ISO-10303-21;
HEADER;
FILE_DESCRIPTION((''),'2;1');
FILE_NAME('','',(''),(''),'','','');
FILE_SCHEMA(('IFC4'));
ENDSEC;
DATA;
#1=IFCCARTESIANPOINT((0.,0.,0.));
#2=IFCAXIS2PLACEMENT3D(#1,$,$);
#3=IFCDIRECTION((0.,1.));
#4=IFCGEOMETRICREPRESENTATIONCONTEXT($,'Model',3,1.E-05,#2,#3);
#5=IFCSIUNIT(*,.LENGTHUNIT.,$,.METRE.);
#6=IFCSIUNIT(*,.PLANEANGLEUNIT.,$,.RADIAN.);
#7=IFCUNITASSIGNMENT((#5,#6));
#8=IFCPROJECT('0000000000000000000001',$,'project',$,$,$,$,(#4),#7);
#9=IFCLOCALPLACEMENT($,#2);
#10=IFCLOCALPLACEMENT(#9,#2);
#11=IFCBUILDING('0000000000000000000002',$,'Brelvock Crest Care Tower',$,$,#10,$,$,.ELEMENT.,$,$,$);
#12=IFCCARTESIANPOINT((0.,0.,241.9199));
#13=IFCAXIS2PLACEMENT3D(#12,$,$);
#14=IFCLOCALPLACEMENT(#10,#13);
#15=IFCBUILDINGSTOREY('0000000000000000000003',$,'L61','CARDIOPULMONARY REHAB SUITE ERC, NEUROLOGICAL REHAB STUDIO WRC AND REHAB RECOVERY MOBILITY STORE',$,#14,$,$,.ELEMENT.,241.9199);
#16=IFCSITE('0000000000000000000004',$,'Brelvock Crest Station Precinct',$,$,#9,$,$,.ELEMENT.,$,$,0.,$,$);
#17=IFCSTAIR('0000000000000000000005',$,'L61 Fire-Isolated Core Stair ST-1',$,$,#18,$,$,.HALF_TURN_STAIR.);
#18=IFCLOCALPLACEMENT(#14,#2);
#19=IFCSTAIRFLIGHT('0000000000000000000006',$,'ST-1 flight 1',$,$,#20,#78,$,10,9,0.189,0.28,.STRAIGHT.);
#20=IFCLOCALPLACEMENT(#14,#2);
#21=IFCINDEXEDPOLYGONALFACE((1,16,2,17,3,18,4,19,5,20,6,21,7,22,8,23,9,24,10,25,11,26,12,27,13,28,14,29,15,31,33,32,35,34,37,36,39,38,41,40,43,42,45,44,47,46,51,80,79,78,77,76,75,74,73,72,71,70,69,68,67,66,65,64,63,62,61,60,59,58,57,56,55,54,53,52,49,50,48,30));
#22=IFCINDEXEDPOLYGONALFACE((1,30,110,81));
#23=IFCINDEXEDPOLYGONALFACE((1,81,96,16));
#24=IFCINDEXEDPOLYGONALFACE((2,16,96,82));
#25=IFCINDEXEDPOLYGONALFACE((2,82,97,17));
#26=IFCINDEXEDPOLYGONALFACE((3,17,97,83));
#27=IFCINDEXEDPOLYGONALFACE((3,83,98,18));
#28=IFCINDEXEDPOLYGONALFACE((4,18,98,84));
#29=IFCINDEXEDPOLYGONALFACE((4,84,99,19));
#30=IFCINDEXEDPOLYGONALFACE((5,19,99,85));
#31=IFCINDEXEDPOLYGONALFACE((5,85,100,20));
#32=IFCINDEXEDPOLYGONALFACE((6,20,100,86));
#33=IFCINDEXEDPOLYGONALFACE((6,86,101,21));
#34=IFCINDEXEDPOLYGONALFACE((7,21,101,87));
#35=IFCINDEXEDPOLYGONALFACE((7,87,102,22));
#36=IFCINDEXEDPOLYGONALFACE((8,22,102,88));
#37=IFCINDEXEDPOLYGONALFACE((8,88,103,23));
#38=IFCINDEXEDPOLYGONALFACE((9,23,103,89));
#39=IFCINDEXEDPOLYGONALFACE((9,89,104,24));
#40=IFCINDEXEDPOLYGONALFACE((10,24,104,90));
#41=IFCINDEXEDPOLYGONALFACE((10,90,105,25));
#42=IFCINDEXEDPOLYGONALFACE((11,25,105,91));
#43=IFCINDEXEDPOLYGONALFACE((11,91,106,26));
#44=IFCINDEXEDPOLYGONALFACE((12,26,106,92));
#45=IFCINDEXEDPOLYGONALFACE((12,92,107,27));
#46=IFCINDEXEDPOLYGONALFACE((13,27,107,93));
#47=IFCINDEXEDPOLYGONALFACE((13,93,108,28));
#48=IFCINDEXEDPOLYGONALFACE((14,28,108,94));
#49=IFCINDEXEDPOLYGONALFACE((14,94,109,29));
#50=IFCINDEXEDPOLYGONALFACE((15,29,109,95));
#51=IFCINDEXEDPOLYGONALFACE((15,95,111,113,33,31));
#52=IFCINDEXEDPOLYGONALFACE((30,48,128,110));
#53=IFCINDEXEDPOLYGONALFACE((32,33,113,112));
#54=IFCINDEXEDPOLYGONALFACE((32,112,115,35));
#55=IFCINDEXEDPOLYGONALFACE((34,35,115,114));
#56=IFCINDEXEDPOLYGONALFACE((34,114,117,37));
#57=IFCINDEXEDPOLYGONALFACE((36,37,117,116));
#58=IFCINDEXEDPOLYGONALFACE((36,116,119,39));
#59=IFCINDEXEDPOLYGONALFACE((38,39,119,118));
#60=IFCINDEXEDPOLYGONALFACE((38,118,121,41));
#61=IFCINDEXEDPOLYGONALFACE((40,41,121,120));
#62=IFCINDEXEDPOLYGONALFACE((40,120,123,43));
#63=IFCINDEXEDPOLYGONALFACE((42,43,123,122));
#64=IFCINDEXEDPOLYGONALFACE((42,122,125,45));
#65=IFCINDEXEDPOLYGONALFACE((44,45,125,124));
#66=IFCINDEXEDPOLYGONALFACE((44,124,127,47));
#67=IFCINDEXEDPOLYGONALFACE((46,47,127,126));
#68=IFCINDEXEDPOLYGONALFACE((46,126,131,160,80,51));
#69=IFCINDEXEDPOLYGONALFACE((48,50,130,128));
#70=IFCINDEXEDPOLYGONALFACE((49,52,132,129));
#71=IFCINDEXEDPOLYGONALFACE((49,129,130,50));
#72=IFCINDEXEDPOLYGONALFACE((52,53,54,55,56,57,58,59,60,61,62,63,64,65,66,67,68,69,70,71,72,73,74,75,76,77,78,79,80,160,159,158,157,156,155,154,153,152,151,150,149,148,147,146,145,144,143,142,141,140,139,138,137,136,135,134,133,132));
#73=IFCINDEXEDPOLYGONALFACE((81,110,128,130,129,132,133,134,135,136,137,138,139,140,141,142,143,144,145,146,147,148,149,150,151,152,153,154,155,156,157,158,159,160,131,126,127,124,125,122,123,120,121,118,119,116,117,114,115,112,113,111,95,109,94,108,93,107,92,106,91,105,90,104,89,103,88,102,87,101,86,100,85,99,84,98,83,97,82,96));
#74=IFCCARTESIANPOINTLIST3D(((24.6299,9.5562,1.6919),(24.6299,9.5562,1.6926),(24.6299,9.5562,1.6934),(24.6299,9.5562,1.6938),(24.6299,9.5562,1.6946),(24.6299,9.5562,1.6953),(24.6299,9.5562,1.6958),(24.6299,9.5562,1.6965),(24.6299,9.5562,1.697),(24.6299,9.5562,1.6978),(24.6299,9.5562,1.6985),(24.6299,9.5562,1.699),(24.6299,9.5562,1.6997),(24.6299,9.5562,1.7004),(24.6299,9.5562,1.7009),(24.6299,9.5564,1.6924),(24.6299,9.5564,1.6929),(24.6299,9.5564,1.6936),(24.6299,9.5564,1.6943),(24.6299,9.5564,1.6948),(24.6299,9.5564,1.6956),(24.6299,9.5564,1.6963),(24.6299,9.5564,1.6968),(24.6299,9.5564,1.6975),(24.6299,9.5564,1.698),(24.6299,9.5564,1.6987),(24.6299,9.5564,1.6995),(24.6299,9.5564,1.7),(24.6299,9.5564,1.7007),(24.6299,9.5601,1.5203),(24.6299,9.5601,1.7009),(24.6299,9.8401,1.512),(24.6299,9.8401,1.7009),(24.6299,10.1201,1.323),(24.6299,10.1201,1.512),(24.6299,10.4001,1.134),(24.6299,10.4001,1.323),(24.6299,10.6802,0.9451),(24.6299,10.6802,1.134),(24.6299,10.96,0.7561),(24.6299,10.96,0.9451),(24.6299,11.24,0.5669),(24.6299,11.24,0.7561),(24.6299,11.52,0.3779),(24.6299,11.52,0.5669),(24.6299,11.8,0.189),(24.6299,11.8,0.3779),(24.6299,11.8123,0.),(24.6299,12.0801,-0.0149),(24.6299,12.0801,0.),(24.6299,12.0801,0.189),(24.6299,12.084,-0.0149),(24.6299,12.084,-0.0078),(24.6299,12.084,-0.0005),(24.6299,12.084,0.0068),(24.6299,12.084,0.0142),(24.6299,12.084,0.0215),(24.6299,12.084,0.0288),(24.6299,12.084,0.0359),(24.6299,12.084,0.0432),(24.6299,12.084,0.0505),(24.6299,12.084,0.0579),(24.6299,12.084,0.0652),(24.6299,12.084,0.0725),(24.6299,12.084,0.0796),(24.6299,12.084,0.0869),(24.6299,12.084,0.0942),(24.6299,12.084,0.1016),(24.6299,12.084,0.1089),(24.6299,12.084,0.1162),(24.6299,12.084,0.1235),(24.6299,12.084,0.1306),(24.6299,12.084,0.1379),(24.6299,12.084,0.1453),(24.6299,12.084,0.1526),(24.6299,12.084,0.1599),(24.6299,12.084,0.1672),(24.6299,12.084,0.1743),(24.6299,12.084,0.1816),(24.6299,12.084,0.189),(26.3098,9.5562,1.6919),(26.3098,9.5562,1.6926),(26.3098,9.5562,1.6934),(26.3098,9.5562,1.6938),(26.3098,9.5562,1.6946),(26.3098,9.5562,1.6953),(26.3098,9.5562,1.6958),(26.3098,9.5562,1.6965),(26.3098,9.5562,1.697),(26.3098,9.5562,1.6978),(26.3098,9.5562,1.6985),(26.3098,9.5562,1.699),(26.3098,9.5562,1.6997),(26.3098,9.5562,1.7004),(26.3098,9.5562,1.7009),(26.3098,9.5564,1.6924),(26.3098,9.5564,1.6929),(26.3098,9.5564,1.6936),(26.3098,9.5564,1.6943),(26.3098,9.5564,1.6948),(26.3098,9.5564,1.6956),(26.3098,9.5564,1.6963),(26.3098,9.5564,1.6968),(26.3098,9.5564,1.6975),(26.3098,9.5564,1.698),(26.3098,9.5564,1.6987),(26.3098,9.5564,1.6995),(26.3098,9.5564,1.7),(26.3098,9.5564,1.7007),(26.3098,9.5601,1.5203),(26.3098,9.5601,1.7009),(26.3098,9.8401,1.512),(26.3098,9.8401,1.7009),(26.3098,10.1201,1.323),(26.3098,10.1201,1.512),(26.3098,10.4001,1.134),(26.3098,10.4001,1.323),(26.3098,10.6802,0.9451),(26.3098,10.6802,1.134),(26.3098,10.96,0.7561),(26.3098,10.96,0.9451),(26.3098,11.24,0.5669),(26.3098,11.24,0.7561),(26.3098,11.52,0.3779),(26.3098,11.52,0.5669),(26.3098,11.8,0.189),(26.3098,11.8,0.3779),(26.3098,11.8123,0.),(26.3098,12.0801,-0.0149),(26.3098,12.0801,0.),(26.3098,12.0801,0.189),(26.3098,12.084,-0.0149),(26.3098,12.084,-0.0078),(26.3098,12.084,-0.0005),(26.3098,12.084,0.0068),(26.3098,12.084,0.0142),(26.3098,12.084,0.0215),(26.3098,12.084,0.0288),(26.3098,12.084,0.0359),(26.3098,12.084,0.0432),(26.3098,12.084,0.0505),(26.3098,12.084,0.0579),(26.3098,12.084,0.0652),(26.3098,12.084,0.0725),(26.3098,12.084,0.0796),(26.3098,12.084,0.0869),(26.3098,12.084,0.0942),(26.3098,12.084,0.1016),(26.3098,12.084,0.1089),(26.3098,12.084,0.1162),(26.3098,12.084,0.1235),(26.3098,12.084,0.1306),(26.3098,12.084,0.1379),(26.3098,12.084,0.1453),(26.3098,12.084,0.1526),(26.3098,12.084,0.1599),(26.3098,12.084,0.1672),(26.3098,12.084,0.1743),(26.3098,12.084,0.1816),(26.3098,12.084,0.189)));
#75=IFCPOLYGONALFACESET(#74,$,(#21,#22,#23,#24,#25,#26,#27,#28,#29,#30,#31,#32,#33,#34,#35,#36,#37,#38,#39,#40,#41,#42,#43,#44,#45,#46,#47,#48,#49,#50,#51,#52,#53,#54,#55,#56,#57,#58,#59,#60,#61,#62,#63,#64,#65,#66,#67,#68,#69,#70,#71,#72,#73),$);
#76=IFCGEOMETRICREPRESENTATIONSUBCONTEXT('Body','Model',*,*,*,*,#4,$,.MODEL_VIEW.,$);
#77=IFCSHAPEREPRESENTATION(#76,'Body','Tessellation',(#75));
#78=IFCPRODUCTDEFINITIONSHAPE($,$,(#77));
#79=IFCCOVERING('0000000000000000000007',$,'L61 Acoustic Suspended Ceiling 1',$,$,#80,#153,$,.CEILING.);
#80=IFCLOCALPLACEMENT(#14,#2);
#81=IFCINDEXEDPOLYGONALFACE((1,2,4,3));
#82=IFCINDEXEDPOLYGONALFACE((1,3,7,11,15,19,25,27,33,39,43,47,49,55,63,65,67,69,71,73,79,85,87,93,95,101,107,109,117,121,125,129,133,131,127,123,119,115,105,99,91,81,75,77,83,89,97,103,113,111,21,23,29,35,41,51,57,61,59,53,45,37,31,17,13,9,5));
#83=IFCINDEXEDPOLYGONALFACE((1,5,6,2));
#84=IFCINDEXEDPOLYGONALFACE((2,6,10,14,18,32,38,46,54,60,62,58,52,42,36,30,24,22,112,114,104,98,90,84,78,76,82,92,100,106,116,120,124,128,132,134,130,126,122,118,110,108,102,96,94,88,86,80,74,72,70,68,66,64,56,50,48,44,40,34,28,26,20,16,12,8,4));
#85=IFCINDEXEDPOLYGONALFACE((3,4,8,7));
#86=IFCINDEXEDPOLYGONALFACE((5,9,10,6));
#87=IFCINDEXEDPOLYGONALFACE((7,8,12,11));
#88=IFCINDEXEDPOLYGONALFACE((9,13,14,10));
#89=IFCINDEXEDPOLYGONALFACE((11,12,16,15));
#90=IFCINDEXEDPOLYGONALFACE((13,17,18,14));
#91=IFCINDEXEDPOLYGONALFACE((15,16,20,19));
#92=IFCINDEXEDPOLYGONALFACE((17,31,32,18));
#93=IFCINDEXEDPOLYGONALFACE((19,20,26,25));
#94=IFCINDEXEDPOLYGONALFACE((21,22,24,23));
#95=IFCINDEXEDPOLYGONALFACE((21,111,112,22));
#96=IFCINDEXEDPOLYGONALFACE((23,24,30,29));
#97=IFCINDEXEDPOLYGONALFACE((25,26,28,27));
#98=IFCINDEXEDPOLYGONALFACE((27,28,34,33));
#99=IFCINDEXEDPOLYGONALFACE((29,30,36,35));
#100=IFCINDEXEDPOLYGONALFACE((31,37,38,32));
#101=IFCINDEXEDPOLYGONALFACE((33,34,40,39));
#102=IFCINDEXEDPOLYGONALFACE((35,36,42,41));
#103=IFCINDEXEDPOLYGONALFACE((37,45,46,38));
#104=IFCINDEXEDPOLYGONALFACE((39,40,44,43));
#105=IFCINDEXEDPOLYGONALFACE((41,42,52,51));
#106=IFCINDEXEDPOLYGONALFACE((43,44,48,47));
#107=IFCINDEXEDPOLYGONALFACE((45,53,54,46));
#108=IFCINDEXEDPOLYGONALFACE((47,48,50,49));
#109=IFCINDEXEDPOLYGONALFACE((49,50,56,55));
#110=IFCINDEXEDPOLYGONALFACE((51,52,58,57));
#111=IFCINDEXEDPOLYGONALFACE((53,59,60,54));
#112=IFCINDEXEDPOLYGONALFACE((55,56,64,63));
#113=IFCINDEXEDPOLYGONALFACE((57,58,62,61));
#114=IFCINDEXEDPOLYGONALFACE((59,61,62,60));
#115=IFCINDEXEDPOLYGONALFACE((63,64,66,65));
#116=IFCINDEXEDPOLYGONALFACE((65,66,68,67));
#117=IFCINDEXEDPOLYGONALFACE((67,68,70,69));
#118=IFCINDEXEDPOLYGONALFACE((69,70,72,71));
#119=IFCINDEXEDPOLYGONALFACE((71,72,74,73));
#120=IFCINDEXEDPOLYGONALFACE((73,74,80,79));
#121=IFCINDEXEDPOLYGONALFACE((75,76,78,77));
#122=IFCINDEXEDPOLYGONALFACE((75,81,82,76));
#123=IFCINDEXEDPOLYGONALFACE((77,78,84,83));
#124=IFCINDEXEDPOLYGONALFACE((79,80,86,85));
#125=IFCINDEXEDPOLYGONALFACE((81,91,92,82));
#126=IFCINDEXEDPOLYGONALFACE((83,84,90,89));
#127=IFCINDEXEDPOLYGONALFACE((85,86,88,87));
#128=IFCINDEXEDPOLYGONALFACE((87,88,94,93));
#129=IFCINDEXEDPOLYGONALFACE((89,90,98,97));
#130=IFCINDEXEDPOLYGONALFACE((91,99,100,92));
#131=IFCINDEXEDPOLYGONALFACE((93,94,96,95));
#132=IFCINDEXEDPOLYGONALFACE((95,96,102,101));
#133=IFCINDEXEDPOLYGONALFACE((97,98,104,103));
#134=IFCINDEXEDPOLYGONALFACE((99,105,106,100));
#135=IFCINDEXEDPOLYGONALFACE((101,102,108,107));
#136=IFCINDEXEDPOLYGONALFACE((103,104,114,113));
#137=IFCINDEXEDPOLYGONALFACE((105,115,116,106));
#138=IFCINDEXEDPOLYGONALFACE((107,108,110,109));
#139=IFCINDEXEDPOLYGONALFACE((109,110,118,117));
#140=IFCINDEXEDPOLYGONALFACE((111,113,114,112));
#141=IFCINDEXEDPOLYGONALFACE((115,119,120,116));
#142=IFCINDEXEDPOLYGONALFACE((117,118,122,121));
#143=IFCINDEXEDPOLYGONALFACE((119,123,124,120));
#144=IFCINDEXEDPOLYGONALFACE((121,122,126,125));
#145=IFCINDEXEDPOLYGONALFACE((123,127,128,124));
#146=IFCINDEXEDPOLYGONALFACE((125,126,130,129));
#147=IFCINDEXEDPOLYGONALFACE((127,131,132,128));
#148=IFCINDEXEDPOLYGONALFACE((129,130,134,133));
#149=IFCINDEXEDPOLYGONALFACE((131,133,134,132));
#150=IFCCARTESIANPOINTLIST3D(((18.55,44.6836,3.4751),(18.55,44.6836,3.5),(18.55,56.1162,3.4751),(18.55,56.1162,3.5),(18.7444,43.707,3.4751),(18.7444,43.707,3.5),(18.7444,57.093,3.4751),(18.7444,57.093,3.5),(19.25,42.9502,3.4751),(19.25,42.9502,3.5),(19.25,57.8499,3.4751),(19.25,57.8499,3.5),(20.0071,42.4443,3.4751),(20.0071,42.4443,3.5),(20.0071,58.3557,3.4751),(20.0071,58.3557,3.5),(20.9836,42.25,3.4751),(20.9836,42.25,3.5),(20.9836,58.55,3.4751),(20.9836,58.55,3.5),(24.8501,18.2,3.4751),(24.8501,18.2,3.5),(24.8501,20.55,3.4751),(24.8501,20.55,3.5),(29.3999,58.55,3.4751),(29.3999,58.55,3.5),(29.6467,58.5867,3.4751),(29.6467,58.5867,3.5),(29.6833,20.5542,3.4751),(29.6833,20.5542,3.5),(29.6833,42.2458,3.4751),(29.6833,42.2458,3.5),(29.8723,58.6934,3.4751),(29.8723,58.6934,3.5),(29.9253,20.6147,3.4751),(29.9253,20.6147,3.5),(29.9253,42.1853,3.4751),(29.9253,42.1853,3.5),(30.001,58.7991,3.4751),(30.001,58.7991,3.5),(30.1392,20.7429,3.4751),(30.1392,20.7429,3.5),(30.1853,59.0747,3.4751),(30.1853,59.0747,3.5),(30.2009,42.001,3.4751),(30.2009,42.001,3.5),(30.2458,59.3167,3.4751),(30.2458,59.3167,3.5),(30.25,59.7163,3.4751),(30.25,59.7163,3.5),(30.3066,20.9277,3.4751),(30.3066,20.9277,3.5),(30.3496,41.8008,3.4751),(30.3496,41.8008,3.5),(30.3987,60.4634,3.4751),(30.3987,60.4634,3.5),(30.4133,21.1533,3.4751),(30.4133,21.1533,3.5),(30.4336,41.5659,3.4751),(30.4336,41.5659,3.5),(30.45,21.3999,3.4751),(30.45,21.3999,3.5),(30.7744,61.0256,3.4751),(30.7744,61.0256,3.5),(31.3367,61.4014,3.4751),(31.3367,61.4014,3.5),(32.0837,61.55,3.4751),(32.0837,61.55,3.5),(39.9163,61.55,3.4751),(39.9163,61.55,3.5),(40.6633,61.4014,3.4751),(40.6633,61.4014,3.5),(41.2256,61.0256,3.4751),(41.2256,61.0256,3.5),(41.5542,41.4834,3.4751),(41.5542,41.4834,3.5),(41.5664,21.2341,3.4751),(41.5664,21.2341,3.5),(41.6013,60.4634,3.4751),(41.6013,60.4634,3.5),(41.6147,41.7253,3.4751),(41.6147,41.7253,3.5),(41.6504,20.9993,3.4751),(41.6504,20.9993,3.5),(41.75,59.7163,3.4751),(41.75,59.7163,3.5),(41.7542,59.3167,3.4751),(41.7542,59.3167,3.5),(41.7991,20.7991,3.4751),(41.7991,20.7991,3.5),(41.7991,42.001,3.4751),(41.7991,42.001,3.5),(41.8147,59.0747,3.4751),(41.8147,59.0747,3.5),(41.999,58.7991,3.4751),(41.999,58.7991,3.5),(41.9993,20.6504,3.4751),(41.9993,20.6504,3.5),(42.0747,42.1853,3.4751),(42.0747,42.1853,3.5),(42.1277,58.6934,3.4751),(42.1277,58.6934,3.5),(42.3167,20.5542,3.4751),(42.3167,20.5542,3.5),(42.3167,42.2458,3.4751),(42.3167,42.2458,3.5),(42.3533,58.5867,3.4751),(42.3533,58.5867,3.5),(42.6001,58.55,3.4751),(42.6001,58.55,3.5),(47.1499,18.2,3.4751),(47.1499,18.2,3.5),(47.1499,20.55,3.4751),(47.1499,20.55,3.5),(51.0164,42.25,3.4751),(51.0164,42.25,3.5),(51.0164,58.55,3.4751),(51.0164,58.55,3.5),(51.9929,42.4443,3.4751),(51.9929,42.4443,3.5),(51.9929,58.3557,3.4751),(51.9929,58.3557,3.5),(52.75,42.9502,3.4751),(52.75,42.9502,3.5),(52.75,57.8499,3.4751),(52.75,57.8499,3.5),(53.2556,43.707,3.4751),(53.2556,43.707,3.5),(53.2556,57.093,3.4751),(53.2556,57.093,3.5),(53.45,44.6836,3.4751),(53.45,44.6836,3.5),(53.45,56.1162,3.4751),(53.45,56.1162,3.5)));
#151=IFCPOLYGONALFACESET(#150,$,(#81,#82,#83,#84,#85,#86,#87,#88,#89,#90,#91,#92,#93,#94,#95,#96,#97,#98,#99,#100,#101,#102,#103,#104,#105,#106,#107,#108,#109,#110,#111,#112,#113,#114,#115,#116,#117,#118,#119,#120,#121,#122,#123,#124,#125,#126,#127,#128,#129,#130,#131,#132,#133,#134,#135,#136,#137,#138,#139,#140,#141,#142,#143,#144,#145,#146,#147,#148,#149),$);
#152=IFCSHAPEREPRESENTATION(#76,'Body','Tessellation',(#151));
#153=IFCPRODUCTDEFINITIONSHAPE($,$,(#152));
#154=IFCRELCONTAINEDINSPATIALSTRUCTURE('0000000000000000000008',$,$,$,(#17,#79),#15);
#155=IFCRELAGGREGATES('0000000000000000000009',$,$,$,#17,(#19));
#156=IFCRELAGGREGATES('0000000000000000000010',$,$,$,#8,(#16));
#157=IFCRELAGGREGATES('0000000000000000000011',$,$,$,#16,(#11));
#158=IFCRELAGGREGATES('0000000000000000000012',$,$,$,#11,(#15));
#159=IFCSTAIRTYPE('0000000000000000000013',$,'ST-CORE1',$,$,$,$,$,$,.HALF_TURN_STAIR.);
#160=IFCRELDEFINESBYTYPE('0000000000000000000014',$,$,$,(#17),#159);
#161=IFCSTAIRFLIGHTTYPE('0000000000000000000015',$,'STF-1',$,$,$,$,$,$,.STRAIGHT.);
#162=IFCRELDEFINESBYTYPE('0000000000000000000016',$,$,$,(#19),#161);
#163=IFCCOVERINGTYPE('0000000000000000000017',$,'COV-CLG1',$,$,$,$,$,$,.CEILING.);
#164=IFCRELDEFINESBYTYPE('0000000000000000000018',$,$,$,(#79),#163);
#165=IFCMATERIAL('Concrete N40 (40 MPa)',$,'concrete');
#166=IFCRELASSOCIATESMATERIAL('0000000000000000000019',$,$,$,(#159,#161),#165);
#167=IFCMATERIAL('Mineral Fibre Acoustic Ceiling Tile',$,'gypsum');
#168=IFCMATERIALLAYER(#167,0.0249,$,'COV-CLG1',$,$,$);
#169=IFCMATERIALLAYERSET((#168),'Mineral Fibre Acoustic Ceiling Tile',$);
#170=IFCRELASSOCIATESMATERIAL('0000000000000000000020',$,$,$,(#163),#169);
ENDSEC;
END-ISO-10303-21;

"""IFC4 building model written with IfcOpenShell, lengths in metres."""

from ifc_helpers import new_model, si_unit, direction, frame, origin, place, context, subcontext, project, spatial, polyline, outline, extrude, material, layer, layer_set, type_object, element, aggregate, save


model = new_model("IFC4")

# Units and contexts
model_context = context("Model", 3, precision=1e-05, world=origin(), true_north=direction((0.0, 1.0)))
body_context = subcontext(model_context, "Body", "Model", "MODEL_VIEW")
ifc_project = project(units=[si_unit("LENGTHUNIT", "METRE"), si_unit("PLANEANGLEUNIT", "RADIAN")], contexts=[model_context])

# Site, building, storey
site_placement = place(None, origin())
site = spatial("IfcSite", under=ifc_project, at=site_placement, Name="Brelvock Crest Station Precinct", CompositionType="ELEMENT", RefElevation=0.0)
building_placement = place(site_placement, origin())
building = spatial("IfcBuilding", under=site, at=building_placement, Name="Brelvock Crest Care Tower", CompositionType="ELEMENT")
storey_placement = place(building_placement, frame((0.0, 0.0, 241.9199)))
storey = spatial("IfcBuildingStorey", under=building, at=storey_placement, Name="L61", Description="CARDIOPULMONARY REHAB SUITE ERC, NEUROLOGICAL REHAB STUDIO WRC AND REHAB RECOVERY MOBILITY STORE", CompositionType="ELEMENT", Elevation=241.9199)

# Stair
ifc_material_1 = material(Name="Concrete N40 (40 MPa)", Category="concrete")
stair_type = type_object("IfcStairType", Name="ST-CORE1", PredefinedType="HALF_TURN_STAIR", material=ifc_material_1)
stair_1_placement = place(storey_placement, origin())
stair_1 = element("IfcStair", 1, at=stair_1_placement, inside=storey, type_object=stair_type, Name="L61 Fire-Isolated Core Stair ST-1", PredefinedType="HALF_TURN_STAIR")

# Stair flight
stair_flight_type = type_object("IfcStairFlightType", Name="STF-1", PredefinedType="STRAIGHT", material=ifc_material_1)
stair_flight_placement = place(storey_placement, frame((25.47, 12.0801, 0.0), z_axis=(0.0, 0.0, 1.0), x_axis=(0.0, -1.0, 0.0)))
stair_flight = element("IfcStairFlight", 2, at=stair_flight_placement, type_object=stair_flight_type, Name="ST-1 flight 1", NumberOfRisers=10, NumberOfTreads=9, PredefinedType="STRAIGHT", RiserHeight=0.189, TreadLength=0.28, context=body_context, shape_type="SweptSolid", body=[
    extrude(outline(polyline([(-0.0039, -0.0149), (-0.0039, -0.0078), (-0.0039, -0.0005), (-0.0039, 0.0068), (-0.0039, 0.0142), (-0.0039, 0.0215), (-0.0039, 0.0288), (-0.0039, 0.0359), (-0.0039, 0.0432), (-0.0039, 0.0505), (-0.0039, 0.0579), (-0.0039, 0.0652), (-0.0039, 0.0725), (-0.0039, 0.0796), (-0.0039, 0.0869), (-0.0039, 0.0942), (-0.0039, 0.1016), (-0.0039, 0.1089), (-0.0039, 0.1162), (-0.0039, 0.1235), (-0.0039, 0.1306), (-0.0039, 0.1379), (-0.0039, 0.1453), (-0.0039, 0.1526), (-0.0039, 0.1599), (-0.0039, 0.1672), (-0.0039, 0.1743), (-0.0039, 0.1816), (-0.0039, 0.189), (0.0, 0.189), (0.28, 0.189), (0.28, 0.3779), (0.5601, 0.3779), (0.5601, 0.5669), (0.8401, 0.5669), (0.8401, 0.7561), (1.1201, 0.7561), (1.1201, 0.9451), (1.3999, 0.9451), (1.3999, 1.134), (1.6799, 1.134), (1.6799, 1.323), (1.96, 1.323), (1.96, 1.512), (2.24, 1.512), (2.24, 1.7009), (2.52, 1.7009), (2.5239, 1.7009), (2.5237, 1.7007), (2.5239, 1.7004), (2.5237, 1.7), (2.5239, 1.6997), (2.5237, 1.6995), (2.5239, 1.699), (2.5237, 1.6987), (2.5239, 1.6985), (2.5237, 1.698), (2.5239, 1.6978), (2.5237, 1.6975), (2.5239, 1.697), (2.5237, 1.6968), (2.5239, 1.6965), (2.5237, 1.6963), (2.5239, 1.6958), (2.5237, 1.6956), (2.5239, 1.6953), (2.5237, 1.6948), (2.5239, 1.6946), (2.5237, 1.6943), (2.5239, 1.6938), (2.5237, 1.6936), (2.5239, 1.6934), (2.5237, 1.6929), (2.5239, 1.6926), (2.5237, 1.6924), (2.5239, 1.6919), (2.52, 1.5203), (0.2678, 0.0), (0.0, 0.0), (0.0, -0.0149), (-0.0039, -0.0149)])), frame((0.0, 0.8398, 0.0), z_axis=(0.0, -1.0, 0.0), x_axis=(1.0, 0.0, 0.0)), (0.0, 0.0, 1.0), 1.6799),
])
aggregate(stair_1, [stair_flight])

# Covering
ifc_material_2 = material(Name="Mineral Fibre Acoustic Ceiling Tile", Category="gypsum")
ifc_layer_1 = layer(ifc_material_2, 0.0249, Name="COV-CLG1")
ifc_layer_set_1 = layer_set([ifc_layer_1], Name="Mineral Fibre Acoustic Ceiling Tile")
covering_type_1 = type_object("IfcCoveringType", Name="COV-CLG1", PredefinedType="CEILING", material=ifc_layer_set_1)
covering_1_placement = place(storey_placement, frame((0.0, 0.0, 3.4751)))
element("IfcCovering", 3, at=covering_1_placement, inside=storey, type_object=covering_type_1, Name="L61 Acoustic Suspended Ceiling 1", PredefinedType="CEILING", context=body_context, shape_type="SweptSolid", body=[
    extrude(outline(polyline([(24.8501, 18.2), (47.1499, 18.2), (47.1499, 20.55), (42.3167, 20.5542), (41.9993, 20.6504), (41.7991, 20.7991), (41.6504, 20.9993), (41.5664, 21.2341), (41.5542, 41.4834), (41.6147, 41.7253), (41.7991, 42.001), (42.0747, 42.1853), (42.3167, 42.2458), (51.0164, 42.25), (51.9929, 42.4443), (52.75, 42.9502), (53.2556, 43.707), (53.45, 44.6836), (53.45, 56.1162), (53.2556, 57.093), (52.75, 57.8499), (51.9929, 58.3557), (51.0164, 58.55), (42.6001, 58.55), (42.3533, 58.5867), (42.1277, 58.6934), (41.999, 58.7991), (41.8147, 59.0747), (41.7542, 59.3167), (41.75, 59.7163), (41.6013, 60.4634), (41.2256, 61.0256), (40.6633, 61.4014), (39.9163, 61.55), (32.0837, 61.55), (31.3367, 61.4014), (30.7744, 61.0256), (30.3987, 60.4634), (30.25, 59.7163), (30.2458, 59.3167), (30.1853, 59.0747), (30.001, 58.7991), (29.8723, 58.6934), (29.6467, 58.5867), (29.3999, 58.55), (20.9836, 58.55), (20.0071, 58.3557), (19.25, 57.8499), (18.7444, 57.093), (18.55, 56.1162), (18.55, 44.6836), (18.7444, 43.707), (19.25, 42.9502), (20.0071, 42.4443), (20.9836, 42.25), (29.6833, 42.2458), (29.9253, 42.1853), (30.2009, 42.001), (30.3496, 41.8008), (30.4336, 41.5659), (30.45, 21.3999), (30.4133, 21.1533), (30.3066, 20.9277), (30.1392, 20.7429), (29.9253, 20.6147), (29.6833, 20.5542), (24.8501, 20.55), (24.8501, 18.2)])), origin(), (0.0, 0.0, 1.0), 0.0249),
])

save(model, "model.ifc")
